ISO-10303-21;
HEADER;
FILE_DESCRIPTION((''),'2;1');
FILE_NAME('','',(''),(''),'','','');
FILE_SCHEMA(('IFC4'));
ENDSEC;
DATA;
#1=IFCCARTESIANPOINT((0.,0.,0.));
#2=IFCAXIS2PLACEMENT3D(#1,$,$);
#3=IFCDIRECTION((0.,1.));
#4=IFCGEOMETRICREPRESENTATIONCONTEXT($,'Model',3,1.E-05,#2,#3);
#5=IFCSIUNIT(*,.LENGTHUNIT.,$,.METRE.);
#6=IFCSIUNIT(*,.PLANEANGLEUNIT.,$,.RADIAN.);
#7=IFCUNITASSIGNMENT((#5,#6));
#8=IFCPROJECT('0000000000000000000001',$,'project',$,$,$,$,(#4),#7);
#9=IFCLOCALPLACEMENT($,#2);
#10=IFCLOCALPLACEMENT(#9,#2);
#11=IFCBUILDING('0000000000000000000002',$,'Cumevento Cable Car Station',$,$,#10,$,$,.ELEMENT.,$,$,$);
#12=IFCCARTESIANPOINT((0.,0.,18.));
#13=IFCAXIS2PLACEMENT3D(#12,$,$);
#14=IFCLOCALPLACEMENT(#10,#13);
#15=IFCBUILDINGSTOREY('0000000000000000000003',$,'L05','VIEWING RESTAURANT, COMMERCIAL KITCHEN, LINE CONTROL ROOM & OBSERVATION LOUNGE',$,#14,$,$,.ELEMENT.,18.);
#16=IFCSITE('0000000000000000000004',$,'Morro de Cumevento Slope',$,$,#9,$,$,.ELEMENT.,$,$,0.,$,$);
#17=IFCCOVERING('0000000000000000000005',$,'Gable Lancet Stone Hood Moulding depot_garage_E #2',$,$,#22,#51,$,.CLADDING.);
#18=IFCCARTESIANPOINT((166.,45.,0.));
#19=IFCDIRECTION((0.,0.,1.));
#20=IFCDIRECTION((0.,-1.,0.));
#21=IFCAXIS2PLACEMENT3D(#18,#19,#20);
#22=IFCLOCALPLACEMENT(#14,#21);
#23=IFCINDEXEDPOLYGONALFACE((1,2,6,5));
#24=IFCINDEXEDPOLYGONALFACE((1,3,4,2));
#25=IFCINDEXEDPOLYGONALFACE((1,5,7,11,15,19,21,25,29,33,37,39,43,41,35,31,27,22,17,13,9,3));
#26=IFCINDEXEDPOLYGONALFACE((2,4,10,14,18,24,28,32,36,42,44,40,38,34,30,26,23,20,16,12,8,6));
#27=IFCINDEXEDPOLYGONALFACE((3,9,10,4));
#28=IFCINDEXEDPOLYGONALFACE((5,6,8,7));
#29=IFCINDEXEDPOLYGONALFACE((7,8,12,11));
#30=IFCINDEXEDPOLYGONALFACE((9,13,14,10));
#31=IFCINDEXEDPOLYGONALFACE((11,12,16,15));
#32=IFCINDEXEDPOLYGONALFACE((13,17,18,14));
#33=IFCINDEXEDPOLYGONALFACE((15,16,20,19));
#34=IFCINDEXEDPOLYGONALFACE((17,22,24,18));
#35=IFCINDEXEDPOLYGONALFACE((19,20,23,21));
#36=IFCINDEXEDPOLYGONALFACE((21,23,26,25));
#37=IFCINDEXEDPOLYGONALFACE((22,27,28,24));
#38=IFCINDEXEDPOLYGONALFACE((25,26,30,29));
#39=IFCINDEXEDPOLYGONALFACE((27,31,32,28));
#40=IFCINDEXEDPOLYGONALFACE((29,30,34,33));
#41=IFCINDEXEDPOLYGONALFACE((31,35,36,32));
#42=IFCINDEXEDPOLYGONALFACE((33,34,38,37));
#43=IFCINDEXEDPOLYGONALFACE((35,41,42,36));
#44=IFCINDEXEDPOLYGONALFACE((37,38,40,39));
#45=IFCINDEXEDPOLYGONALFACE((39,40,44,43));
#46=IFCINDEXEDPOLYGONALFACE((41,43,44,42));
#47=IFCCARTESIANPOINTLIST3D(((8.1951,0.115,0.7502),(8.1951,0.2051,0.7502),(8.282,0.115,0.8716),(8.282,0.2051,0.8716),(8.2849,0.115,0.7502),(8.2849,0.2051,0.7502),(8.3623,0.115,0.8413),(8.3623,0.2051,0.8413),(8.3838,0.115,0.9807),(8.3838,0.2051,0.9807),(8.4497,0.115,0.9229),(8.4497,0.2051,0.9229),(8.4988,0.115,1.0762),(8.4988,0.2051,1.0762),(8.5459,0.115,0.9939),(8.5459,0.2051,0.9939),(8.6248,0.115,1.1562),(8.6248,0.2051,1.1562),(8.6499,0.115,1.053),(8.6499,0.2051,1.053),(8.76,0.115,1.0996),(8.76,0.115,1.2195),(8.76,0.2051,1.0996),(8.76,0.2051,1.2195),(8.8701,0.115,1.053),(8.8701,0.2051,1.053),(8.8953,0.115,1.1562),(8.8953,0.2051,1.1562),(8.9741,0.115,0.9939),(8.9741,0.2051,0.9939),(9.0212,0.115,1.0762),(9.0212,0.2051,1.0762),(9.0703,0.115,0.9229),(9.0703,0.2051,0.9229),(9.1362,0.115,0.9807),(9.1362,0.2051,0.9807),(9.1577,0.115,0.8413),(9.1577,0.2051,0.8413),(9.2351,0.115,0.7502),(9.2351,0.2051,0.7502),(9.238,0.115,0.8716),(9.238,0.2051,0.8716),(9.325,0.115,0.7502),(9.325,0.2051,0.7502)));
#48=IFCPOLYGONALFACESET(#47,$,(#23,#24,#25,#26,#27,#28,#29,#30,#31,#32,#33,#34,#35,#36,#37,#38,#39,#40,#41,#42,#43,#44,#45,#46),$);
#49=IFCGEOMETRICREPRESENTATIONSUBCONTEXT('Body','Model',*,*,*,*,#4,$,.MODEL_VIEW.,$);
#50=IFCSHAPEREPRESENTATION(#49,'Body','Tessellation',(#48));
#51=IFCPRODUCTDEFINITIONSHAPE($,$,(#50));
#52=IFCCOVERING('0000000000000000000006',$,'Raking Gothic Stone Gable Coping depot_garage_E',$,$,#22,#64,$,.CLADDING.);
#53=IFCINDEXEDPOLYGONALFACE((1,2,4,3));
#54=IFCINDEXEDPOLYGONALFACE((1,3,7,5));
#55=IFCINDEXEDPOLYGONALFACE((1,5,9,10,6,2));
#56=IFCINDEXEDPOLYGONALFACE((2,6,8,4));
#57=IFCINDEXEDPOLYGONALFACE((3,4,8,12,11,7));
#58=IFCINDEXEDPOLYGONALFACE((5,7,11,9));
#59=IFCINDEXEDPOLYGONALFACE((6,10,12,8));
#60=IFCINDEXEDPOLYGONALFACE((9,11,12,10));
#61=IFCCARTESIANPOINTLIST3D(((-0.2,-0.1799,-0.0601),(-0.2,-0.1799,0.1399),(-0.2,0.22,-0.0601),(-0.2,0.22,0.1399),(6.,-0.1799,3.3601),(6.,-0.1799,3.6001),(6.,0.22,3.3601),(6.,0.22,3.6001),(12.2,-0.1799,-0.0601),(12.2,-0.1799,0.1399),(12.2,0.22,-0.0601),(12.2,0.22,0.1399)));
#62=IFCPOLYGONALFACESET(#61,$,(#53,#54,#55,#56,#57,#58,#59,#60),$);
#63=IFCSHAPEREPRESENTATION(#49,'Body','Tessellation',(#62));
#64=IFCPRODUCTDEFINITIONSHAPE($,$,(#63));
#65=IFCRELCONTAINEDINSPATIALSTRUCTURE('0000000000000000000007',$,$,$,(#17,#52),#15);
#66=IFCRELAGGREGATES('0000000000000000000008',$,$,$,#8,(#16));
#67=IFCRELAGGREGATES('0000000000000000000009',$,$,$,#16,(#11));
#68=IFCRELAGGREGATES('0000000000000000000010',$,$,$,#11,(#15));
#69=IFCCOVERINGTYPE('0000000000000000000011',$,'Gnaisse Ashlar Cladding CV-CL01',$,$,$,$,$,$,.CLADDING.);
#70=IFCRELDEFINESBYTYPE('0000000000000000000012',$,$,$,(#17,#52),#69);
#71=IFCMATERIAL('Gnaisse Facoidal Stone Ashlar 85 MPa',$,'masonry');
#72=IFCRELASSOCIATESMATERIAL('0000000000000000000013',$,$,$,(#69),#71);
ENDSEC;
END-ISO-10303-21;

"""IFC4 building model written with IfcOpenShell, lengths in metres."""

from ifc_helpers import new_model, si_unit, direction, frame, origin, place, context, subcontext, project, spatial, polyline, outline, extrude, material, type_object, element, save


model = new_model("IFC4")

# Units and contexts
model_context = context("Model", 3, precision=1e-05, world=origin(), true_north=direction((0.0, 1.0)))
body_context = subcontext(model_context, "Body", "Model", "MODEL_VIEW")
ifc_project = project(units=[si_unit("LENGTHUNIT", "METRE"), si_unit("PLANEANGLEUNIT", "RADIAN")], contexts=[model_context])

# Site, building, storey
site_placement = place(None, origin())
site = spatial("IfcSite", under=ifc_project, at=site_placement, Name="Morro de Cumevento Slope", CompositionType="ELEMENT", RefElevation=0.0)
building_placement = place(site_placement, origin())
building = spatial("IfcBuilding", under=site, at=building_placement, Name="Cumevento Cable Car Station", CompositionType="ELEMENT")
storey_placement = place(building_placement, frame((0.0, 0.0, 18.0)))
storey = spatial("IfcBuildingStorey", under=building, at=storey_placement, Name="L05", Description="VIEWING RESTAURANT, COMMERCIAL KITCHEN, LINE CONTROL ROOM & OBSERVATION LOUNGE", CompositionType="ELEMENT", Elevation=18.0)

# Coverings
ifc_material_1 = material(Name="Gnaisse Facoidal Stone Ashlar 85 MPa", Category="masonry")
covering_type = type_object("IfcCoveringType", Name="Gnaisse Ashlar Cladding CV-CL01", PredefinedType="CLADDING", material=ifc_material_1)
placement = place(storey_placement, frame((166.0, 45.0, 0.0), z_axis=(0.0, 0.0, 1.0), x_axis=(0.0, -1.0, 0.0)))
element("IfcCovering", 1, at=placement, inside=storey, type_object=covering_type, Name="Gable Lancet Stone Hood Moulding depot_garage_E #2", PredefinedType="CLADDING", context=body_context, shape_type="SweptSolid", body=[
    extrude(outline(polyline([(8.2849, 0.7502), (8.3623, 0.8413), (8.4497, 0.9229), (8.5459, 0.9939), (8.6499, 1.053), (8.76, 1.0996), (8.8701, 1.053), (8.9741, 0.9939), (9.0703, 0.9229), (9.1577, 0.8413), (9.2351, 0.7502), (9.325, 0.7502), (9.238, 0.8716), (9.1362, 0.9807), (9.0212, 1.0762), (8.8953, 1.1562), (8.76, 1.2195), (8.6248, 1.1562), (8.4988, 1.0762), (8.3838, 0.9807), (8.282, 0.8716), (8.1951, 0.7502), (8.2849, 0.7502)])), frame((0.0, 0.2051, 0.0), z_axis=(0.0, -1.0, 0.0), x_axis=(1.0, 0.0, 0.0)), (0.0, 0.0, 1.0), 0.0901),
])
element("IfcCovering", 2, at=placement, inside=storey, type_object=covering_type, Name="Raking Gothic Stone Gable Coping depot_garage_E", PredefinedType="CLADDING", context=body_context, shape_type="SweptSolid", body=[
    extrude(outline(polyline([(-0.2, -0.0601), (6.0, 3.3601), (12.2, -0.0601), (12.2, 0.1399), (6.0, 3.6001), (-0.2, 0.1399), (-0.2, -0.0601)])), frame((0.0, 0.22, 0.0), z_axis=(0.0, -1.0, 0.0), x_axis=(1.0, 0.0, 0.0)), (0.0, 0.0, 1.0), 0.3999),
])

save(model, "model.ifc")
